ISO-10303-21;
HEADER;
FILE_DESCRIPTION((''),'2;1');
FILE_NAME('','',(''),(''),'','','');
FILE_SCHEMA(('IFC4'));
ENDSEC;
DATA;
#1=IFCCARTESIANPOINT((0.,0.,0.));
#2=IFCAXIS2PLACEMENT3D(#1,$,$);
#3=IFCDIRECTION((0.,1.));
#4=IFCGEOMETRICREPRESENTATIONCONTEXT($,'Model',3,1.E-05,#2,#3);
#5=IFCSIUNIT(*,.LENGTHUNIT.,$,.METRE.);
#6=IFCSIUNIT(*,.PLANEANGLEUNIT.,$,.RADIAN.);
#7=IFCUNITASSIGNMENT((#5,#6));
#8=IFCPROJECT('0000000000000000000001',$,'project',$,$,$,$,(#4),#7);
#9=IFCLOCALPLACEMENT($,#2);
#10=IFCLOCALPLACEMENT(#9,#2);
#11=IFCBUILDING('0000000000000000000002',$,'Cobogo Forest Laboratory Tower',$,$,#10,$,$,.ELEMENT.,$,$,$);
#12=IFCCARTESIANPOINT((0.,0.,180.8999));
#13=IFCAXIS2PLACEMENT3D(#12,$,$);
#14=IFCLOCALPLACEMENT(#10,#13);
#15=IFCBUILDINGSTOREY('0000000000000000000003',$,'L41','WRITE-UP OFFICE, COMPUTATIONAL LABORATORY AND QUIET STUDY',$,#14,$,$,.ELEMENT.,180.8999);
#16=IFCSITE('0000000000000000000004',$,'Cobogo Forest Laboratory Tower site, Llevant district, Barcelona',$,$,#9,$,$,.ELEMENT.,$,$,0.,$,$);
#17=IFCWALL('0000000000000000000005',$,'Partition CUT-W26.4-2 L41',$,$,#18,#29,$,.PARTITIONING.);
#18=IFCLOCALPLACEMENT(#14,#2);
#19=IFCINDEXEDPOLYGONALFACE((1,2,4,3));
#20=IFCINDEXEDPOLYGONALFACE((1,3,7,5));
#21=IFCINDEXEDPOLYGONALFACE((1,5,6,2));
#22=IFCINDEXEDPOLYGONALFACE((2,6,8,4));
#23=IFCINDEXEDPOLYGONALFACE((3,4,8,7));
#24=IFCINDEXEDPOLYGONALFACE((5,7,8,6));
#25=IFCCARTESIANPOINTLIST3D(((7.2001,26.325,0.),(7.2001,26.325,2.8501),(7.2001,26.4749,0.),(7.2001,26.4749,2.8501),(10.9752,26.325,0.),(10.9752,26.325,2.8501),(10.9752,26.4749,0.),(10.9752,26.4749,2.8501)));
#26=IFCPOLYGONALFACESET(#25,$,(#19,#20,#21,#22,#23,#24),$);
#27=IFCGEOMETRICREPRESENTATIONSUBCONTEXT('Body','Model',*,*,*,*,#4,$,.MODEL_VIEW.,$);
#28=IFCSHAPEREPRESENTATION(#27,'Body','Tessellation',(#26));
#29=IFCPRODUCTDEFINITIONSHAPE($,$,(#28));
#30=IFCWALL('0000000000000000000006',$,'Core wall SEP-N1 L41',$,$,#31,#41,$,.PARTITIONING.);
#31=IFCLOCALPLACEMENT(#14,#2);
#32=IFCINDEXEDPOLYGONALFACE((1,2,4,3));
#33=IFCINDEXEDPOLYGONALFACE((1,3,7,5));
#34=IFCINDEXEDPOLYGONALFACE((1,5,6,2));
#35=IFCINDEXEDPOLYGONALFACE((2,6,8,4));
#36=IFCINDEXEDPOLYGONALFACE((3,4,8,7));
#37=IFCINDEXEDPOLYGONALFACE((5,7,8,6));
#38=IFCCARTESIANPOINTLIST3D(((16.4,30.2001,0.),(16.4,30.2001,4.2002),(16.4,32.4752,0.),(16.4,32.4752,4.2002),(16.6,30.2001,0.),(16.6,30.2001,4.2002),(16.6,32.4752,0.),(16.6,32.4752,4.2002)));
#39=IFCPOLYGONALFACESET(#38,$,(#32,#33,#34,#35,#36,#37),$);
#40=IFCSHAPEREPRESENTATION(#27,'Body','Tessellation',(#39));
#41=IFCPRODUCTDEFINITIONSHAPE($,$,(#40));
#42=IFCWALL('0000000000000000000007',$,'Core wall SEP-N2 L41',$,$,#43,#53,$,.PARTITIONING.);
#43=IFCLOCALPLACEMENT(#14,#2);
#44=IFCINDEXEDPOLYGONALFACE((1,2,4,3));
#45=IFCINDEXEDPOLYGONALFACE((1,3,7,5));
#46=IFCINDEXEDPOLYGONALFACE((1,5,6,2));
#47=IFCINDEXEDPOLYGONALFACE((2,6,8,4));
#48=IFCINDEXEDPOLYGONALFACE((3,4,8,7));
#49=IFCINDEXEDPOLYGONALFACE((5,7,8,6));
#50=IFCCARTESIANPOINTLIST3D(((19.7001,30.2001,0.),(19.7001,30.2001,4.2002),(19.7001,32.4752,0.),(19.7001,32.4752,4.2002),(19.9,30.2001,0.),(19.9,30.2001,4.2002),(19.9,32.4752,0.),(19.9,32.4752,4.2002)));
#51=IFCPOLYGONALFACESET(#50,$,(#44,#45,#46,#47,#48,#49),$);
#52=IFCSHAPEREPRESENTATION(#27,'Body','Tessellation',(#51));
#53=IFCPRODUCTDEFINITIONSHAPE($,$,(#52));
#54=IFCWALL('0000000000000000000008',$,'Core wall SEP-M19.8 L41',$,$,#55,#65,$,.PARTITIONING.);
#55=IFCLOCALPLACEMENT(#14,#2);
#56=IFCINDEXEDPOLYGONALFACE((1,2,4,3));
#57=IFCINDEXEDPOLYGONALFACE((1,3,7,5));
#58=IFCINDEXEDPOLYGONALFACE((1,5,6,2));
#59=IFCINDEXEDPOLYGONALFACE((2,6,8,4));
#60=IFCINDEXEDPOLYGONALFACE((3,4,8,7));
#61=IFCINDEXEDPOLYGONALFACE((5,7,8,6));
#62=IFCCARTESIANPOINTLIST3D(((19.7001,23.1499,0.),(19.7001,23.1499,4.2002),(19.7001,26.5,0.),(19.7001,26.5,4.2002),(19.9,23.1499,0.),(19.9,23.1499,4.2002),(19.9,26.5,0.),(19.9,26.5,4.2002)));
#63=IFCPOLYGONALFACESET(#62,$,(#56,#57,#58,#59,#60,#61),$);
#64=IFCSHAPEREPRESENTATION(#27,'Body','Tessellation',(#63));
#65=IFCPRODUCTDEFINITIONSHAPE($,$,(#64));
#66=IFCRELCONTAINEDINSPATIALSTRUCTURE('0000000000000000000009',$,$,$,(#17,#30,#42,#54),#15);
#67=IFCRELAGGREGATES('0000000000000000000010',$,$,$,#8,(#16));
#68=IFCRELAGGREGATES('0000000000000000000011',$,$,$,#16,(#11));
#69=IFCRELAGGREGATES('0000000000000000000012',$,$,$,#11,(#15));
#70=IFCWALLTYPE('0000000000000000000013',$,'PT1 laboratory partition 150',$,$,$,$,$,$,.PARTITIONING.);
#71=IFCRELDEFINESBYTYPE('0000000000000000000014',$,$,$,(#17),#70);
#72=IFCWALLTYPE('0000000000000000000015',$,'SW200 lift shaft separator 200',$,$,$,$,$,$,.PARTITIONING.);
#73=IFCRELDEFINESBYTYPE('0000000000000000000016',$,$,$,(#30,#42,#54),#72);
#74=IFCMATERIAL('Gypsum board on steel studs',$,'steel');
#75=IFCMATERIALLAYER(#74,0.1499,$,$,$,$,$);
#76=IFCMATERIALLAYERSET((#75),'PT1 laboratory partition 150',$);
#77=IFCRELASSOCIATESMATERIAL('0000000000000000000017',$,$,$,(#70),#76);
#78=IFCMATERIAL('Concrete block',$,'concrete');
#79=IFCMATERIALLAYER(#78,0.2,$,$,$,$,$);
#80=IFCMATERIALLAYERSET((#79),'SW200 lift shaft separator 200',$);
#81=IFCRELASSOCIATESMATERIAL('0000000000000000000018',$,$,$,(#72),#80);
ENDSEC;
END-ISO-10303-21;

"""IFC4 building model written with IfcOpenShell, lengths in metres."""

from ifc_helpers import new_model, si_unit, direction, frame, frame_2d, origin, place, context, subcontext, project, spatial, rectangle, extrude, material, layer, layer_set, type_object, element, save


model = new_model("IFC4")

# Units and contexts
model_context = context("Model", 3, precision=1e-05, world=origin(), true_north=direction((0.0, 1.0)))
body_context = subcontext(model_context, "Body", "Model", "MODEL_VIEW")
ifc_project = project(units=[si_unit("LENGTHUNIT", "METRE"), si_unit("PLANEANGLEUNIT", "RADIAN")], contexts=[model_context])

# Site, building, storey
site_placement = place(None, origin())
site = spatial("IfcSite", under=ifc_project, at=site_placement, Name="Cobogo Forest Laboratory Tower site, Llevant district, Barcelona", CompositionType="ELEMENT", RefElevation=0.0)
building_placement = place(site_placement, origin())
building = spatial("IfcBuilding", under=site, at=building_placement, Name="Cobogo Forest Laboratory Tower", CompositionType="ELEMENT")
storey_placement = place(building_placement, frame((0.0, 0.0, 180.8999)))
storey = spatial("IfcBuildingStorey", under=building, at=storey_placement, Name="L41", Description="WRITE-UP OFFICE, COMPUTATIONAL LABORATORY AND QUIET STUDY", CompositionType="ELEMENT", Elevation=180.8999)

# Walls
ifc_material_1 = material(Name="Gypsum board on steel studs", Category="steel")
ifc_layer_1 = layer(ifc_material_1, 0.1499)
ifc_layer_set_1 = layer_set([ifc_layer_1], Name="PT1 laboratory partition 150")
wall_type_1 = type_object("IfcWallType", Name="PT1 laboratory partition 150", PredefinedType="PARTITIONING", material=ifc_layer_set_1)
wall_1_placement = place(storey_placement, frame((7.2, 26.3999, 0.0), z_axis=(0.0, 0.0, 1.0), x_axis=(1.0, 0.0, 0.0)))
element("IfcWall", 1, at=wall_1_placement, inside=storey, type_object=wall_type_1, Name="Partition CUT-W26.4-2 L41", PredefinedType="PARTITIONING", context=body_context, shape_type="SweptSolid", body=[
    extrude(rectangle(XDim=3.7751, YDim=0.1499, at=frame_2d((1.8877, 0.0))), origin(), (0.0, 0.0, 1.0), 2.8501),
])
ifc_material_2 = material(Name="Concrete block", Category="concrete")
ifc_layer_2 = layer(ifc_material_2, 0.2)
ifc_layer_set_2 = layer_set([ifc_layer_2], Name="SW200 lift shaft separator 200")
wall_type_2 = type_object("IfcWallType", Name="SW200 lift shaft separator 200", PredefinedType="PARTITIONING", material=ifc_layer_set_2)
for number, where, z_axis, x_axis, name in (
    (2, (16.5, 30.2, 0.0), (0.0, 0.0, 1.0), (0.0, 1.0, 0.0), "Core wall SEP-N1 L41"),
    (3, (19.8, 30.2, 0.0), (0.0, 0.0, 1.0), (0.0, 1.0, 0.0), "Core wall SEP-N2 L41"),
):
    element("IfcWall", number, at=place(storey_placement, frame(where, z_axis=z_axis, x_axis=x_axis)), inside=storey, type_object=wall_type_2, Name=name, PredefinedType="PARTITIONING", context=body_context, shape_type="SweptSolid", body=[
        extrude(rectangle(XDim=2.2751, YDim=0.2, at=frame_2d((1.1377, 0.0))), origin(), (0.0, 0.0, 1.0), 4.2002),
    ])
wall_2_placement = place(storey_placement, frame((19.8, 23.1499, 0.0), z_axis=(0.0, 0.0, 1.0), x_axis=(0.0, 1.0, 0.0)))
element("IfcWall", 4, at=wall_2_placement, inside=storey, type_object=wall_type_2, Name="Core wall SEP-M19.8 L41", PredefinedType="PARTITIONING", context=body_context, shape_type="SweptSolid", body=[
    extrude(rectangle(XDim=3.3501, YDim=0.2, at=frame_2d((1.675, 0.0))), origin(), (0.0, 0.0, 1.0), 4.2002),
])

save(model, "model.ifc")
